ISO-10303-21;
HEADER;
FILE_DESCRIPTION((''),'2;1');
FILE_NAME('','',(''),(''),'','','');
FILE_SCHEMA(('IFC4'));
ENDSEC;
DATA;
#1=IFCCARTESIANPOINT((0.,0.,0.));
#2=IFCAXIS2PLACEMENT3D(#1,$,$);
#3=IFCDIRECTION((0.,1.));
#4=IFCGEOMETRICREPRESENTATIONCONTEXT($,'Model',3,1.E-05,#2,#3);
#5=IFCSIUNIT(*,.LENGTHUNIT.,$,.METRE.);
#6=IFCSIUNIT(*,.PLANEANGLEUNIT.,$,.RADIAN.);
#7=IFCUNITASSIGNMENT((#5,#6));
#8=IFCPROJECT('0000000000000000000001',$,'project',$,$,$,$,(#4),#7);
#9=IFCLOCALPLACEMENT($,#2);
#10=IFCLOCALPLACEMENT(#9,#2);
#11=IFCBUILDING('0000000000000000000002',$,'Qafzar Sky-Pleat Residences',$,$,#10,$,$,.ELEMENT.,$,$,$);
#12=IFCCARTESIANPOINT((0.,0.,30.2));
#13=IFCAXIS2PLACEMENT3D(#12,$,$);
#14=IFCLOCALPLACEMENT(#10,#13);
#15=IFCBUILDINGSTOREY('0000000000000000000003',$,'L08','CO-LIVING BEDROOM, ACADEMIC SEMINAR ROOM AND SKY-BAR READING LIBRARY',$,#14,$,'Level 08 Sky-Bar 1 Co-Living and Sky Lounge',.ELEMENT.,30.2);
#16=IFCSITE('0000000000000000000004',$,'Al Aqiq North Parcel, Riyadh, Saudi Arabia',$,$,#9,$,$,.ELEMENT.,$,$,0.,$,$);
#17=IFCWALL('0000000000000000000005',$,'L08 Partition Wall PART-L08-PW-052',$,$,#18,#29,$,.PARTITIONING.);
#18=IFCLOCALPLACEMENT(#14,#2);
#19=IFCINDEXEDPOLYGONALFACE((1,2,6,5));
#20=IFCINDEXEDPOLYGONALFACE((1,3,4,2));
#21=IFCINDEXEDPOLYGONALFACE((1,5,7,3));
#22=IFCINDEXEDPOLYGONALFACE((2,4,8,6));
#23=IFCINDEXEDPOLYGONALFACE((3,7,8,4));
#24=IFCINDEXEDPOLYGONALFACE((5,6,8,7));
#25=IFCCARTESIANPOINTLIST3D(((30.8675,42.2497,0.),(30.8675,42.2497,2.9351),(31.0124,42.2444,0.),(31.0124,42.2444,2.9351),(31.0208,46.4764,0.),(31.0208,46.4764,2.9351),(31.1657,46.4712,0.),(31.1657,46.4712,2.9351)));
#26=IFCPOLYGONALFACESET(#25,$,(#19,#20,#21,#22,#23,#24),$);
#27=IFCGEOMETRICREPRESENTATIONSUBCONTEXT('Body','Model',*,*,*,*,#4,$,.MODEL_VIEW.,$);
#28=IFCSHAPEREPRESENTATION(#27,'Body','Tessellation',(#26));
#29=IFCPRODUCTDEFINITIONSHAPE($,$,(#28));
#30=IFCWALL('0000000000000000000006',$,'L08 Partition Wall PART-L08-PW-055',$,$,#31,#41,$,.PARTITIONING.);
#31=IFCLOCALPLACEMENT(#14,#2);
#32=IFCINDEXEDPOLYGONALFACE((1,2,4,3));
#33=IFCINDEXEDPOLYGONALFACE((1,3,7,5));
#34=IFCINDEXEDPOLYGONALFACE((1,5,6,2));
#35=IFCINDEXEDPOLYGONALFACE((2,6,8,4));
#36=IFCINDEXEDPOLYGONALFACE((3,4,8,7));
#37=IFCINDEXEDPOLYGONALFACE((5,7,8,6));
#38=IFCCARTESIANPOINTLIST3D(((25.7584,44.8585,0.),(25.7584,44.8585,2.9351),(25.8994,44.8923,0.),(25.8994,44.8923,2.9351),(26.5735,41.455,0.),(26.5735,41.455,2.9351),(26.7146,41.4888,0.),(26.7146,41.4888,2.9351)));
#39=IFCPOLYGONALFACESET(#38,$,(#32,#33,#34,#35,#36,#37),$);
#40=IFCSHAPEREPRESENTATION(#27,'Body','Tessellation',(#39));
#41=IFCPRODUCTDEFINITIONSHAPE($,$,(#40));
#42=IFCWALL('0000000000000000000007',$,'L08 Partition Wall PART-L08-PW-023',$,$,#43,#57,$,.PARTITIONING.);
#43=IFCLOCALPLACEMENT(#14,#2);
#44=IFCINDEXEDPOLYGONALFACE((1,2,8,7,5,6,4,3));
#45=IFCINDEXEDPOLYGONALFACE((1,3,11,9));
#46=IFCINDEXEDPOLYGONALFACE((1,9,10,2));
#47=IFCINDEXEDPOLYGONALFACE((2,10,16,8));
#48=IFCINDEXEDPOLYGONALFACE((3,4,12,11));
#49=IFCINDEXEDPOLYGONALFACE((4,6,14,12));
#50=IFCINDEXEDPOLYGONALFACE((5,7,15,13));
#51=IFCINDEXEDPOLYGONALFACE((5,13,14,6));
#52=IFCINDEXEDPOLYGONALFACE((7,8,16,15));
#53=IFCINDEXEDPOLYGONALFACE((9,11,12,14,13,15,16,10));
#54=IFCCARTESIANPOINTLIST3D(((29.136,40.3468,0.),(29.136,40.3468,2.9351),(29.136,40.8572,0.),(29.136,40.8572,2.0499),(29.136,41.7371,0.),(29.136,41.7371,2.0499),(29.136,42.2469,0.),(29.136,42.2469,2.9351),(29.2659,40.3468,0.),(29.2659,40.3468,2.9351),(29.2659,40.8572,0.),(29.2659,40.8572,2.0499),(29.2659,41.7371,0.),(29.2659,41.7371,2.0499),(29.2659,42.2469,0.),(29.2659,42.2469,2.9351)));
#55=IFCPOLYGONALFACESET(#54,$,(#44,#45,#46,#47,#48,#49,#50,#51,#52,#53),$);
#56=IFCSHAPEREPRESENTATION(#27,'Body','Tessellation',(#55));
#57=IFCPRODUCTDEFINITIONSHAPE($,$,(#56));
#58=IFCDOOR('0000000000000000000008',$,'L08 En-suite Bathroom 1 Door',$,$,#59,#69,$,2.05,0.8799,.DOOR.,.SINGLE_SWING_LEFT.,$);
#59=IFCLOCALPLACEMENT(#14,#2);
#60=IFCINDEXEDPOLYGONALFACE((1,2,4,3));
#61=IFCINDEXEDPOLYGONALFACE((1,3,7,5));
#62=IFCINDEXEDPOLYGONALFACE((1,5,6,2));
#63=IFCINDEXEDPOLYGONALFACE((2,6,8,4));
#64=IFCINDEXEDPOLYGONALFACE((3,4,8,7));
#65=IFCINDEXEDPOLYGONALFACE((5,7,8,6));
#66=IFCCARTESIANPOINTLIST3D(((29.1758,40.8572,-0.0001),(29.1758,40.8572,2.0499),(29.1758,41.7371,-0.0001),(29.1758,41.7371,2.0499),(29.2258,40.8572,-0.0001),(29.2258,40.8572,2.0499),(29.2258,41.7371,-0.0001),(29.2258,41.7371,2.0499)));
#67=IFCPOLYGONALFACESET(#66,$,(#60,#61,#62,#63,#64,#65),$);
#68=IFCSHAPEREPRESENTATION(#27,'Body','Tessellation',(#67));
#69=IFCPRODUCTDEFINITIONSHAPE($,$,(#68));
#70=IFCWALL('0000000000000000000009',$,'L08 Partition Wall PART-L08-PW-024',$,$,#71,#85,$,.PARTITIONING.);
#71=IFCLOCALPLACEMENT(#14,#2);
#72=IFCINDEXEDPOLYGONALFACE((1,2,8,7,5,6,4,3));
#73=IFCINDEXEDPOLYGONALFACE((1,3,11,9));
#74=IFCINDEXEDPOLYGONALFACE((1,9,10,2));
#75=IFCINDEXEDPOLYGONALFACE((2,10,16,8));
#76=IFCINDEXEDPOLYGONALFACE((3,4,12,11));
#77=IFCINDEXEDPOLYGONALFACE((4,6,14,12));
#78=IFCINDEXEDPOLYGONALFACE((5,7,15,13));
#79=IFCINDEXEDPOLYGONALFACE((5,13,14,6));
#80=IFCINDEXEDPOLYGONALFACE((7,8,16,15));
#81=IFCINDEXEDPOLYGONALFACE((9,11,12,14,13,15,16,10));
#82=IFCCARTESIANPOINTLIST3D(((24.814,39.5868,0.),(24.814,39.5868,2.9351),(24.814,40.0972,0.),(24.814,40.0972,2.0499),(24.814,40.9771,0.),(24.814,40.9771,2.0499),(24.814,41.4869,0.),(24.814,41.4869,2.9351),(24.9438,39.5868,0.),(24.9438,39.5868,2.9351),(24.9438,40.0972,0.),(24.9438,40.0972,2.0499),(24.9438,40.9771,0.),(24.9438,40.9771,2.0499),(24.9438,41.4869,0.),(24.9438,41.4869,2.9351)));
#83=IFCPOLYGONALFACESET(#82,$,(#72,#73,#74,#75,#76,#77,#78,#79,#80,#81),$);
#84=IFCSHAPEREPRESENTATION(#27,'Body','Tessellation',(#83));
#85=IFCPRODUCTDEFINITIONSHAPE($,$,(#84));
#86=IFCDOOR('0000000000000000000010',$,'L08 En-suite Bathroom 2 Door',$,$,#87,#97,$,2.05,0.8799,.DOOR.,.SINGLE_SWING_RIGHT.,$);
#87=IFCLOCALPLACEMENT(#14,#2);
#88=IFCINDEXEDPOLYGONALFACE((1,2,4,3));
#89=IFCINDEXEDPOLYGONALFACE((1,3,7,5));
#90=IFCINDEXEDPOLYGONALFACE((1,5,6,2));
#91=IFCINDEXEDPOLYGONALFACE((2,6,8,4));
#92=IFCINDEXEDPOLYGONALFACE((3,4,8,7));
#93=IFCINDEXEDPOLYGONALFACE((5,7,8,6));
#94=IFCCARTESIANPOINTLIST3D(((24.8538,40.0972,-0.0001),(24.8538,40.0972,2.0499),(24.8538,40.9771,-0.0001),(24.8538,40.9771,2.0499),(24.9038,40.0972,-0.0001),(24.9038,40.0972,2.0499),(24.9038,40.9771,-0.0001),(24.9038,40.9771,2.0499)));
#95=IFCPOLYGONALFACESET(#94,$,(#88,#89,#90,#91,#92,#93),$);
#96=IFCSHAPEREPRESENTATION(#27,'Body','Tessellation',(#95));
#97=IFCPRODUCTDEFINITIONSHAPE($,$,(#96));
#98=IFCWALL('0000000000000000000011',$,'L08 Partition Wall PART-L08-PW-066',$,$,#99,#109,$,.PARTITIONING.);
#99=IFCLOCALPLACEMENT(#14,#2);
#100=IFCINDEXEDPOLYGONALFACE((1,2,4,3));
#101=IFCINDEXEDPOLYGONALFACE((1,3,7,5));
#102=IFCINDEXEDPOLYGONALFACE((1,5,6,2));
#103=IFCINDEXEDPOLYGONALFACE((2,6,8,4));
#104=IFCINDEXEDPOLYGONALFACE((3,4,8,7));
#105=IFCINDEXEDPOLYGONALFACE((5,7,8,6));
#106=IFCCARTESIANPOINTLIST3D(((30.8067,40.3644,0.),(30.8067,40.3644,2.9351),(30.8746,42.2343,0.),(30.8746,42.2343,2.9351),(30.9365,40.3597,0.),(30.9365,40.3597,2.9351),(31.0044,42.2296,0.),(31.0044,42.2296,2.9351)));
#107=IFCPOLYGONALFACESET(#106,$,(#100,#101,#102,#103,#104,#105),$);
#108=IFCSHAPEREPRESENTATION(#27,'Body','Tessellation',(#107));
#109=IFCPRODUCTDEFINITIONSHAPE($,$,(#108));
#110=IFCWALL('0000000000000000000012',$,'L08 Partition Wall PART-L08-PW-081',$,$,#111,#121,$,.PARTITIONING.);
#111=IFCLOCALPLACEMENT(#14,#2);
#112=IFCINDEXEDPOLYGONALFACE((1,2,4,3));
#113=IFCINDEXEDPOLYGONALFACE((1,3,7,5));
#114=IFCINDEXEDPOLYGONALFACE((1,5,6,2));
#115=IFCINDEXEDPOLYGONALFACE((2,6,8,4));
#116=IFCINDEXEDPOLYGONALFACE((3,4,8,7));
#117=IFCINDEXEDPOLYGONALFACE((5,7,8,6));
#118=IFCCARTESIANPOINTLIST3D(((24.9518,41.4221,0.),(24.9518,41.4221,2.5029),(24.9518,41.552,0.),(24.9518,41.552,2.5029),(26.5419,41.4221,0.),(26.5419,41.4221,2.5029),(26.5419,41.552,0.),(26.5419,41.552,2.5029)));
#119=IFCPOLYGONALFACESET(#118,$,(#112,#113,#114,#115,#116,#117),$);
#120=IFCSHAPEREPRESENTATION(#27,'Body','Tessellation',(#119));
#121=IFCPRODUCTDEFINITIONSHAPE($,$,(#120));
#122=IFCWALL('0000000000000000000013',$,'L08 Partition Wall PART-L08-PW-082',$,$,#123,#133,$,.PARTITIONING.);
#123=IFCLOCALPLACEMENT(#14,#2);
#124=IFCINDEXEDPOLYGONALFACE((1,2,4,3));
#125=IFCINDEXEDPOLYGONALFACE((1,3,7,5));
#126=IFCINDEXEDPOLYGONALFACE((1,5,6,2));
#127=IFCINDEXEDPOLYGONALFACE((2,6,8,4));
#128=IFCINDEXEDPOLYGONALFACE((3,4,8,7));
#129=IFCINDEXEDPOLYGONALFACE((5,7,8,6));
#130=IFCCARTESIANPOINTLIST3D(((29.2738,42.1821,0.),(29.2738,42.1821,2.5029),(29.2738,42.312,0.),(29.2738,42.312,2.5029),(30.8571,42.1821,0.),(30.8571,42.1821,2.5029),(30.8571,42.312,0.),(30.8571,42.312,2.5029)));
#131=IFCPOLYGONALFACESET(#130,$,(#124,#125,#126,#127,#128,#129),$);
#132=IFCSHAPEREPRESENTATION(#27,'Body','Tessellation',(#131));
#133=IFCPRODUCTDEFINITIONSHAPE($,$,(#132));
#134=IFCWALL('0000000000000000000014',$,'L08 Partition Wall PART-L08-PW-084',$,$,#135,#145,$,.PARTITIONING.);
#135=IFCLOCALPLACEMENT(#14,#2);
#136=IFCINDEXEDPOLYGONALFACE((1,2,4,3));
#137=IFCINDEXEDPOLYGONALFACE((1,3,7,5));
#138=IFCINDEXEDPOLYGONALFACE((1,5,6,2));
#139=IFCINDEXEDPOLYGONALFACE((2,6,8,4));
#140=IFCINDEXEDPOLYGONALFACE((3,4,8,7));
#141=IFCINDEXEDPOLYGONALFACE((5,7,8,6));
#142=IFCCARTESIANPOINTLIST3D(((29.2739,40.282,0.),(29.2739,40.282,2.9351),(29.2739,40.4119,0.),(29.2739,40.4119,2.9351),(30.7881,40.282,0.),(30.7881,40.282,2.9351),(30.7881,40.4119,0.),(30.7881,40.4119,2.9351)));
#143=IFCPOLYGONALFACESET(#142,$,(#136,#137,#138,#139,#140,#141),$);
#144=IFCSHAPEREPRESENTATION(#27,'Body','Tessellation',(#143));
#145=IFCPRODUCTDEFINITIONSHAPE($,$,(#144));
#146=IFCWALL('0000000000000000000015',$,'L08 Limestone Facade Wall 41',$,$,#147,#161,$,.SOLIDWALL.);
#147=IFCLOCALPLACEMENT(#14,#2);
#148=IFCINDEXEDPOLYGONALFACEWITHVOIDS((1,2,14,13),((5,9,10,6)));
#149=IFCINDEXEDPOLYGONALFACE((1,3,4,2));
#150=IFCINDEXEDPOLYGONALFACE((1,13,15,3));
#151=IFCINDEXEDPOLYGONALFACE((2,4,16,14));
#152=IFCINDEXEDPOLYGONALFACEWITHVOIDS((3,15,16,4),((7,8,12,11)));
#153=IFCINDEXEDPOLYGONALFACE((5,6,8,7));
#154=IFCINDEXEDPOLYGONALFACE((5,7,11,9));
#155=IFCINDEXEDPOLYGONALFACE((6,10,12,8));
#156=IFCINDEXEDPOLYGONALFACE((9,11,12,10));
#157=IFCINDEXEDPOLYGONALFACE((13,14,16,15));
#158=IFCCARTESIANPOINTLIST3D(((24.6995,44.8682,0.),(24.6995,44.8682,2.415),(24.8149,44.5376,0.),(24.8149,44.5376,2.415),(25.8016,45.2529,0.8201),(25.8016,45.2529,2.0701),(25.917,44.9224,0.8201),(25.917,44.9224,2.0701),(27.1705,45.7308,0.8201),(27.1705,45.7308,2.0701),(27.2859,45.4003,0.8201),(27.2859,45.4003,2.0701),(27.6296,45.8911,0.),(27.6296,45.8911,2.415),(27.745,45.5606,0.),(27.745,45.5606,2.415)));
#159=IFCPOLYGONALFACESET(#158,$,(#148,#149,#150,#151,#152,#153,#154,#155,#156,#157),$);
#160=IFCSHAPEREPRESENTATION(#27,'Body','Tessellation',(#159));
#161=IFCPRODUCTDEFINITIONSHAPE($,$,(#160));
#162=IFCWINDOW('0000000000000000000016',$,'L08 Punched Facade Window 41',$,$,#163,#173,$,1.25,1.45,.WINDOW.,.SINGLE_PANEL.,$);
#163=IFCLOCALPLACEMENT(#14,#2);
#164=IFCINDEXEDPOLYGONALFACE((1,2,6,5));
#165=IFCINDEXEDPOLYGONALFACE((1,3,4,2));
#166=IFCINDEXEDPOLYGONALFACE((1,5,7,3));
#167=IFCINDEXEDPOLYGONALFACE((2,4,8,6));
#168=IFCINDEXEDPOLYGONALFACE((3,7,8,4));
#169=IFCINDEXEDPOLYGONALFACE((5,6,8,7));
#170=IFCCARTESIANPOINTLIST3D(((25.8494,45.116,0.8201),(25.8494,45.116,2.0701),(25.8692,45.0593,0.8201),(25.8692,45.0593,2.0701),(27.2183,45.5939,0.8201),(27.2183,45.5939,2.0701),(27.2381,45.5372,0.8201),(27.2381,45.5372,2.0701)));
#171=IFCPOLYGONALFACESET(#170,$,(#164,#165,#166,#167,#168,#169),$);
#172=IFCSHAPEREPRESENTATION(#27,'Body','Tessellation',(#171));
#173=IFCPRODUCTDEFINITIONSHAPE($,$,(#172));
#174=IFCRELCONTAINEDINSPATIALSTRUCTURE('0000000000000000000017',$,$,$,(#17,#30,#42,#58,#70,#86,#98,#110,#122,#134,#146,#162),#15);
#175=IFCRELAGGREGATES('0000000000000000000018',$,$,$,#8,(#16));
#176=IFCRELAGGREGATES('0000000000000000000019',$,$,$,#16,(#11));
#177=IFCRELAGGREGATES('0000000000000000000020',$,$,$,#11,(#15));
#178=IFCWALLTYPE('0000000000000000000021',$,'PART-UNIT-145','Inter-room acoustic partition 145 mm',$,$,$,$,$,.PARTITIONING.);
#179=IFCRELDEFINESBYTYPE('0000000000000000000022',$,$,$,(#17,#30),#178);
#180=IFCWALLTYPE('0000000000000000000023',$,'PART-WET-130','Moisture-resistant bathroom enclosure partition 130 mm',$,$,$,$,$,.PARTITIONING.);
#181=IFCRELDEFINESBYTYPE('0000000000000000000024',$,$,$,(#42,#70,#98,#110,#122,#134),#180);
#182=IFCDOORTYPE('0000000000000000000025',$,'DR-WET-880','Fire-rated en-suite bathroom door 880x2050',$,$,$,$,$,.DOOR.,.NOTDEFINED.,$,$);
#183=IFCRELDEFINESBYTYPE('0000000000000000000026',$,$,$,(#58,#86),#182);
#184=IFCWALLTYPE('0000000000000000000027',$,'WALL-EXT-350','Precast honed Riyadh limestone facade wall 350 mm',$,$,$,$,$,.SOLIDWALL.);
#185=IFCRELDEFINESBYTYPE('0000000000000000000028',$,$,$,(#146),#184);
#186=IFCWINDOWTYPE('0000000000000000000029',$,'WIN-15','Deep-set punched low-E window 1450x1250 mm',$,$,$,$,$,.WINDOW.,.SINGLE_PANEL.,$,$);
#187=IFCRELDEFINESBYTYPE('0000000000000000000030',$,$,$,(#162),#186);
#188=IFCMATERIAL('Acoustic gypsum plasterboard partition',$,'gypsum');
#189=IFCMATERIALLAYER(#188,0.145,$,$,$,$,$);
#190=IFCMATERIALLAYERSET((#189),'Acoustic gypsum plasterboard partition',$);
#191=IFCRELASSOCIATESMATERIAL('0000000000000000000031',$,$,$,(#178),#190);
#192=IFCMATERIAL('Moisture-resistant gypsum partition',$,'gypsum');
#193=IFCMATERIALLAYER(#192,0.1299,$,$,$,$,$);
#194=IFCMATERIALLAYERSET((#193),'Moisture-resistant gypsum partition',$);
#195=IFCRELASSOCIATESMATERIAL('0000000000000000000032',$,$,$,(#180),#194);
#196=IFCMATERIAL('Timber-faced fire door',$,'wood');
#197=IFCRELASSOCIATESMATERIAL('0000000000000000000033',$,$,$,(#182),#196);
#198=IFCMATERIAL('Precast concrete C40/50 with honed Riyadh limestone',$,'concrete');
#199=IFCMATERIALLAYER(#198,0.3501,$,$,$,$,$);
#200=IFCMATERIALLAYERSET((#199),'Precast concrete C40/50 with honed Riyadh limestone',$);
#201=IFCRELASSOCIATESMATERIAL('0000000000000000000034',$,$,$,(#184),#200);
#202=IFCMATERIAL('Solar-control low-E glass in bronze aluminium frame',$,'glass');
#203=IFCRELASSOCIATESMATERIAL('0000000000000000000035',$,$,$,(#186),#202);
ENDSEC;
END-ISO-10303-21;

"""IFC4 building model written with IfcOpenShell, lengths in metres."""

from ifc_helpers import new_model, si_unit, direction, frame, frame_2d, origin, place, context, subcontext, project, spatial, rectangle, extrude, source, transform, mapped, material, layer, layer_set, type_object, element, fill, save


model = new_model("IFC4")

# Units and contexts
model_context = context("Model", 3, precision=1e-05, world=origin(), true_north=direction((0.0, 1.0)))
body_context = subcontext(model_context, "Body", "Model", "MODEL_VIEW")
ifc_project = project(units=[si_unit("LENGTHUNIT", "METRE"), si_unit("PLANEANGLEUNIT", "RADIAN")], contexts=[model_context])

# Site, building, storey
site_placement = place(None, origin())
site = spatial("IfcSite", under=ifc_project, at=site_placement, Name="Al Aqiq North Parcel, Riyadh, Saudi Arabia", CompositionType="ELEMENT", RefElevation=0.0)
building_placement = place(site_placement, origin())
building = spatial("IfcBuilding", under=site, at=building_placement, Name="Qafzar Sky-Pleat Residences", CompositionType="ELEMENT")
storey_placement = place(building_placement, frame((0.0, 0.0, 30.2)))
storey = spatial("IfcBuildingStorey", under=building, at=storey_placement, Name="L08", Description="CO-LIVING BEDROOM, ACADEMIC SEMINAR ROOM AND SKY-BAR READING LIBRARY", LongName="Level 08 Sky-Bar 1 Co-Living and Sky Lounge", CompositionType="ELEMENT", Elevation=30.2)

# Walls
ifc_material_1 = material(Name="Acoustic gypsum plasterboard partition", Category="gypsum")
ifc_layer_1 = layer(ifc_material_1, 0.145)
ifc_layer_set_1 = layer_set([ifc_layer_1], Name="Acoustic gypsum plasterboard partition")
wall_type_1 = type_object("IfcWallType", Name="PART-UNIT-145", Description="Inter-room acoustic partition 145 mm", PredefinedType="PARTITIONING", material=ifc_layer_set_1)
wall_1_placement = place(storey_placement, frame((30.9399, 42.2471, 0.0), z_axis=(0.0, 0.0, 1.0), x_axis=(0.036249, 0.999343, 0.0)))
element("IfcWall", 1, at=wall_1_placement, inside=storey, type_object=wall_type_1, Name="L08 Partition Wall PART-L08-PW-052", PredefinedType="PARTITIONING", context=body_context, shape_type="SweptSolid", body=[
    extrude(rectangle(XDim=4.2295, YDim=0.145, at=frame_2d((2.1147, 0.0))), origin(), (0.0, 0.0, 1.0), 2.9351),
])
wall_2_placement = place(storey_placement, frame((25.8289, 44.8755, 0.0), z_axis=(0.0, 0.0, 1.0), x_axis=(0.232922, -0.972495, 0.0)))
element("IfcWall", 2, at=wall_2_placement, inside=storey, type_object=wall_type_1, Name="L08 Partition Wall PART-L08-PW-055", PredefinedType="PARTITIONING", context=body_context, shape_type="SweptSolid", body=[
    extrude(rectangle(XDim=3.4998, YDim=0.145, at=frame_2d((1.75, 0.0))), origin(), (0.0, 0.0, 1.0), 2.9351),
])

# Walls, openings, doors
ifc_material_2 = material(Name="Moisture-resistant gypsum partition", Category="gypsum")
ifc_layer_2 = layer(ifc_material_2, 0.1299)
ifc_layer_set_2 = layer_set([ifc_layer_2], Name="Moisture-resistant gypsum partition")
wall_type_2 = type_object("IfcWallType", Name="PART-WET-130", Description="Moisture-resistant bathroom enclosure partition 130 mm", PredefinedType="PARTITIONING", material=ifc_layer_set_2)
wall_3_placement = place(storey_placement, frame((29.2009, 42.2471, 0.0), z_axis=(0.0, 0.0, 1.0), x_axis=(0.0, -1.0, 0.0)))
wall_3 = element("IfcWall", 3, at=wall_3_placement, inside=storey, type_object=wall_type_2, Name="L08 Partition Wall PART-L08-PW-023", PredefinedType="PARTITIONING", context=body_context, shape_type="SweptSolid", body=[
    extrude(rectangle(XDim=1.9001, YDim=0.1299, at=frame_2d((0.9502, 0.0))), origin(), (0.0, 0.0, 1.0), 2.9351),
])
opening_1_placement = place(wall_3_placement, frame((0.51, 0.0, 0.0)))
opening_1 = element("IfcOpeningElement", 4, at=opening_1_placement, cuts=wall_3, PredefinedType="OPENING", context=body_context, shape_type="SweptSolid", body=[
    extrude(rectangle(XDim=0.8799, YDim=2.05, at=frame_2d((0.4399, 1.0249))), frame((0.0, 0.075, 0.0), z_axis=(0.0, -1.0, 0.0), x_axis=(1.0, 0.0, 0.0)), (0.0, 0.0, 1.0), 0.1499),
])
ifc_material_3 = material(Name="Timber-faced fire door", Category="wood")
door_type = type_object("IfcDoorType", Name="DR-WET-880", Description="Fire-rated en-suite bathroom door 880x2050", OperationType="NOTDEFINED", PredefinedType="DOOR", material=ifc_material_3)
shared_shape_1 = source(origin(), body_context, "Body", "SweptSolid", [
    extrude(rectangle(XDim=0.8799, YDim=2.05, at=frame_2d((0.4399, 1.0249))), frame((0.0, 0.0249, 0.0), z_axis=(0.0, -1.0, 0.0), x_axis=(1.0, 0.0, 0.0)), (0.0, 0.0, 1.0), 0.05),
])
door_1_placement = place(opening_1_placement, origin())
door_1 = element("IfcDoor", 5, at=door_1_placement, inside=storey, type_object=door_type, Name="L08 En-suite Bathroom 1 Door", OperationType="SINGLE_SWING_LEFT", OverallHeight=2.05, OverallWidth=0.8799, PredefinedType="DOOR", context=body_context, shape_type="MappedRepresentation", body=[
    mapped(shared_shape_1, transform((0.0, 0.0, 0.0), x_axis=(1.0, 0.0, 0.0), y_axis=(0.0, 1.0, 0.0), z_axis=(0.0, 0.0, 1.0), scale=1.0)),
])
fill(opening_1, door_1)
wall_4_placement = place(storey_placement, frame((24.8789, 41.4871, 0.0), z_axis=(0.0, 0.0, 1.0), x_axis=(0.0, -1.0, 0.0)))
wall_4 = element("IfcWall", 6, at=wall_4_placement, inside=storey, type_object=wall_type_2, Name="L08 Partition Wall PART-L08-PW-024", PredefinedType="PARTITIONING", context=body_context, shape_type="SweptSolid", body=[
    extrude(rectangle(XDim=1.9001, YDim=0.1299, at=frame_2d((0.9502, 0.0))), origin(), (0.0, 0.0, 1.0), 2.9351),
])
opening_2_placement = place(wall_4_placement, frame((0.51, 0.0, 0.0)))
opening_2 = element("IfcOpeningElement", 7, at=opening_2_placement, cuts=wall_4, PredefinedType="OPENING", context=body_context, shape_type="SweptSolid", body=[
    extrude(rectangle(XDim=0.8799, YDim=2.05, at=frame_2d((0.4399, 1.0249))), frame((0.0, 0.075, 0.0), z_axis=(0.0, -1.0, 0.0), x_axis=(1.0, 0.0, 0.0)), (0.0, 0.0, 1.0), 0.1499),
])
door_2_placement = place(opening_2_placement, origin())
door_2 = element("IfcDoor", 8, at=door_2_placement, inside=storey, type_object=door_type, Name="L08 En-suite Bathroom 2 Door", OperationType="SINGLE_SWING_RIGHT", OverallHeight=2.05, OverallWidth=0.8799, PredefinedType="DOOR", context=body_context, shape_type="MappedRepresentation", body=[
    mapped(shared_shape_1, transform((0.0, 0.0, 0.0), x_axis=(1.0, 0.0, 0.0), y_axis=(0.0, 1.0, 0.0), z_axis=(0.0, 0.0, 1.0), scale=1.0)),
])
fill(opening_2, door_2)

# Walls
wall_5_placement = place(storey_placement, frame((30.8716, 40.3621, 0.0), z_axis=(0.0, 0.0, 1.0), x_axis=(0.036273, 0.999342, 0.0)))
element("IfcWall", 9, at=wall_5_placement, inside=storey, type_object=wall_type_2, Name="L08 Partition Wall PART-L08-PW-066", PredefinedType="PARTITIONING", context=body_context, shape_type="SweptSolid", body=[
    extrude(rectangle(XDim=1.8711, YDim=0.1299, at=frame_2d((0.9355, 0.0))), origin(), (0.0, 0.0, 1.0), 2.9351),
])
wall_6_placement = place(storey_placement, frame((24.9519, 41.4871, 0.0), z_axis=(0.0, 0.0, 1.0), x_axis=(1.0, 0.0, 0.0)))
element("IfcWall", 10, at=wall_6_placement, inside=storey, type_object=wall_type_2, Name="L08 Partition Wall PART-L08-PW-081", PredefinedType="PARTITIONING", context=body_context, shape_type="SweptSolid", body=[
    extrude(rectangle(XDim=1.5901, YDim=0.1299, at=frame_2d((0.7949, 0.0))), origin(), (0.0, 0.0, 1.0), 2.5029),
])
wall_7_placement = place(storey_placement, frame((29.2739, 42.2471, 0.0), z_axis=(0.0, 0.0, 1.0), x_axis=(1.0, 0.0, 0.0)))
element("IfcWall", 11, at=wall_7_placement, inside=storey, type_object=wall_type_2, Name="L08 Partition Wall PART-L08-PW-082", PredefinedType="PARTITIONING", context=body_context, shape_type="SweptSolid", body=[
    extrude(rectangle(XDim=1.5833, YDim=0.1299, at=frame_2d((0.7915, 0.0))), origin(), (0.0, 0.0, 1.0), 2.5029),
])
wall_8_placement = place(storey_placement, frame((29.2739, 40.3469, 0.0), z_axis=(0.0, 0.0, 1.0), x_axis=(1.0, 0.0, 0.0)))
element("IfcWall", 12, at=wall_8_placement, inside=storey, type_object=wall_type_2, Name="L08 Partition Wall PART-L08-PW-084", PredefinedType="PARTITIONING", context=body_context, shape_type="SweptSolid", body=[
    extrude(rectangle(XDim=1.5142, YDim=0.1299, at=frame_2d((0.7571, 0.0))), origin(), (0.0, 0.0, 1.0), 2.9351),
])

# Wall, opening, window
ifc_material_4 = material(Name="Precast concrete C40/50 with honed Riyadh limestone", Category="concrete")
ifc_layer_3 = layer(ifc_material_4, 0.3501)
ifc_layer_set_3 = layer_set([ifc_layer_3], Name="Precast concrete C40/50 with honed Riyadh limestone")
wall_type_3 = type_object("IfcWallType", Name="WALL-EXT-350", Description="Precast honed Riyadh limestone facade wall 350 mm", PredefinedType="SOLIDWALL", material=ifc_layer_set_3)
wall_9_placement = place(storey_placement, frame((27.6873, 45.7258, 0.0), z_axis=(0.0, 0.0, 1.0), x_axis=(-0.944121, -0.3296, 0.0)))
wall_9 = element("IfcWall", 13, at=wall_9_placement, inside=storey, type_object=wall_type_3, Name="L08 Limestone Facade Wall 41", PredefinedType="SOLIDWALL", context=body_context, shape_type="SweptSolid", body=[
    extrude(rectangle(XDim=3.1035, YDim=0.3501, at=frame_2d((1.5518, 0.0))), origin(), (0.0, 0.0, 1.0), 2.415),
])
opening_3_placement = place(wall_9_placement, frame((0.4861, 0.0, 0.8201)))
opening_3 = element("IfcOpeningElement", 14, at=opening_3_placement, cuts=wall_9, PredefinedType="OPENING", context=body_context, shape_type="SweptSolid", body=[
    extrude(rectangle(XDim=1.45, YDim=1.25, at=frame_2d((0.7251, 0.625))), frame((0.0, 0.1851, 0.0), z_axis=(0.0, -1.0, 0.0), x_axis=(1.0, 0.0, 0.0)), (0.0, 0.0, 1.0), 0.3701),
])
ifc_material_5 = material(Name="Solar-control low-E glass in bronze aluminium frame", Category="glass")
window_type_1 = type_object("IfcWindowType", Name="WIN-15", Description="Deep-set punched low-E window 1450x1250 mm", PartitioningType="SINGLE_PANEL", PredefinedType="WINDOW", material=ifc_material_5)
shared_shape_2 = source(origin(), body_context, "Body", "SweptSolid", [
    extrude(rectangle(XDim=1.45, YDim=1.25, at=frame_2d((0.7251, 0.625))), frame((0.0, 0.03, 0.0), z_axis=(0.0, -1.0, 0.0), x_axis=(1.0, 0.0, 0.0)), (0.0, 0.0, 1.0), 0.0601),
])
window_1_placement = place(opening_3_placement, origin())
window_1 = element("IfcWindow", 15, at=window_1_placement, inside=storey, type_object=window_type_1, Name="L08 Punched Facade Window 41", OverallHeight=1.25, OverallWidth=1.45, PartitioningType="SINGLE_PANEL", PredefinedType="WINDOW", context=body_context, shape_type="MappedRepresentation", body=[
    mapped(shared_shape_2, transform((0.0, 0.0, 0.0), x_axis=(1.0, 0.0, 0.0), y_axis=(0.0, 1.0, 0.0), z_axis=(0.0, 0.0, 1.0), scale=1.0)),
])
fill(opening_3, window_1)

save(model, "model.ifc")
